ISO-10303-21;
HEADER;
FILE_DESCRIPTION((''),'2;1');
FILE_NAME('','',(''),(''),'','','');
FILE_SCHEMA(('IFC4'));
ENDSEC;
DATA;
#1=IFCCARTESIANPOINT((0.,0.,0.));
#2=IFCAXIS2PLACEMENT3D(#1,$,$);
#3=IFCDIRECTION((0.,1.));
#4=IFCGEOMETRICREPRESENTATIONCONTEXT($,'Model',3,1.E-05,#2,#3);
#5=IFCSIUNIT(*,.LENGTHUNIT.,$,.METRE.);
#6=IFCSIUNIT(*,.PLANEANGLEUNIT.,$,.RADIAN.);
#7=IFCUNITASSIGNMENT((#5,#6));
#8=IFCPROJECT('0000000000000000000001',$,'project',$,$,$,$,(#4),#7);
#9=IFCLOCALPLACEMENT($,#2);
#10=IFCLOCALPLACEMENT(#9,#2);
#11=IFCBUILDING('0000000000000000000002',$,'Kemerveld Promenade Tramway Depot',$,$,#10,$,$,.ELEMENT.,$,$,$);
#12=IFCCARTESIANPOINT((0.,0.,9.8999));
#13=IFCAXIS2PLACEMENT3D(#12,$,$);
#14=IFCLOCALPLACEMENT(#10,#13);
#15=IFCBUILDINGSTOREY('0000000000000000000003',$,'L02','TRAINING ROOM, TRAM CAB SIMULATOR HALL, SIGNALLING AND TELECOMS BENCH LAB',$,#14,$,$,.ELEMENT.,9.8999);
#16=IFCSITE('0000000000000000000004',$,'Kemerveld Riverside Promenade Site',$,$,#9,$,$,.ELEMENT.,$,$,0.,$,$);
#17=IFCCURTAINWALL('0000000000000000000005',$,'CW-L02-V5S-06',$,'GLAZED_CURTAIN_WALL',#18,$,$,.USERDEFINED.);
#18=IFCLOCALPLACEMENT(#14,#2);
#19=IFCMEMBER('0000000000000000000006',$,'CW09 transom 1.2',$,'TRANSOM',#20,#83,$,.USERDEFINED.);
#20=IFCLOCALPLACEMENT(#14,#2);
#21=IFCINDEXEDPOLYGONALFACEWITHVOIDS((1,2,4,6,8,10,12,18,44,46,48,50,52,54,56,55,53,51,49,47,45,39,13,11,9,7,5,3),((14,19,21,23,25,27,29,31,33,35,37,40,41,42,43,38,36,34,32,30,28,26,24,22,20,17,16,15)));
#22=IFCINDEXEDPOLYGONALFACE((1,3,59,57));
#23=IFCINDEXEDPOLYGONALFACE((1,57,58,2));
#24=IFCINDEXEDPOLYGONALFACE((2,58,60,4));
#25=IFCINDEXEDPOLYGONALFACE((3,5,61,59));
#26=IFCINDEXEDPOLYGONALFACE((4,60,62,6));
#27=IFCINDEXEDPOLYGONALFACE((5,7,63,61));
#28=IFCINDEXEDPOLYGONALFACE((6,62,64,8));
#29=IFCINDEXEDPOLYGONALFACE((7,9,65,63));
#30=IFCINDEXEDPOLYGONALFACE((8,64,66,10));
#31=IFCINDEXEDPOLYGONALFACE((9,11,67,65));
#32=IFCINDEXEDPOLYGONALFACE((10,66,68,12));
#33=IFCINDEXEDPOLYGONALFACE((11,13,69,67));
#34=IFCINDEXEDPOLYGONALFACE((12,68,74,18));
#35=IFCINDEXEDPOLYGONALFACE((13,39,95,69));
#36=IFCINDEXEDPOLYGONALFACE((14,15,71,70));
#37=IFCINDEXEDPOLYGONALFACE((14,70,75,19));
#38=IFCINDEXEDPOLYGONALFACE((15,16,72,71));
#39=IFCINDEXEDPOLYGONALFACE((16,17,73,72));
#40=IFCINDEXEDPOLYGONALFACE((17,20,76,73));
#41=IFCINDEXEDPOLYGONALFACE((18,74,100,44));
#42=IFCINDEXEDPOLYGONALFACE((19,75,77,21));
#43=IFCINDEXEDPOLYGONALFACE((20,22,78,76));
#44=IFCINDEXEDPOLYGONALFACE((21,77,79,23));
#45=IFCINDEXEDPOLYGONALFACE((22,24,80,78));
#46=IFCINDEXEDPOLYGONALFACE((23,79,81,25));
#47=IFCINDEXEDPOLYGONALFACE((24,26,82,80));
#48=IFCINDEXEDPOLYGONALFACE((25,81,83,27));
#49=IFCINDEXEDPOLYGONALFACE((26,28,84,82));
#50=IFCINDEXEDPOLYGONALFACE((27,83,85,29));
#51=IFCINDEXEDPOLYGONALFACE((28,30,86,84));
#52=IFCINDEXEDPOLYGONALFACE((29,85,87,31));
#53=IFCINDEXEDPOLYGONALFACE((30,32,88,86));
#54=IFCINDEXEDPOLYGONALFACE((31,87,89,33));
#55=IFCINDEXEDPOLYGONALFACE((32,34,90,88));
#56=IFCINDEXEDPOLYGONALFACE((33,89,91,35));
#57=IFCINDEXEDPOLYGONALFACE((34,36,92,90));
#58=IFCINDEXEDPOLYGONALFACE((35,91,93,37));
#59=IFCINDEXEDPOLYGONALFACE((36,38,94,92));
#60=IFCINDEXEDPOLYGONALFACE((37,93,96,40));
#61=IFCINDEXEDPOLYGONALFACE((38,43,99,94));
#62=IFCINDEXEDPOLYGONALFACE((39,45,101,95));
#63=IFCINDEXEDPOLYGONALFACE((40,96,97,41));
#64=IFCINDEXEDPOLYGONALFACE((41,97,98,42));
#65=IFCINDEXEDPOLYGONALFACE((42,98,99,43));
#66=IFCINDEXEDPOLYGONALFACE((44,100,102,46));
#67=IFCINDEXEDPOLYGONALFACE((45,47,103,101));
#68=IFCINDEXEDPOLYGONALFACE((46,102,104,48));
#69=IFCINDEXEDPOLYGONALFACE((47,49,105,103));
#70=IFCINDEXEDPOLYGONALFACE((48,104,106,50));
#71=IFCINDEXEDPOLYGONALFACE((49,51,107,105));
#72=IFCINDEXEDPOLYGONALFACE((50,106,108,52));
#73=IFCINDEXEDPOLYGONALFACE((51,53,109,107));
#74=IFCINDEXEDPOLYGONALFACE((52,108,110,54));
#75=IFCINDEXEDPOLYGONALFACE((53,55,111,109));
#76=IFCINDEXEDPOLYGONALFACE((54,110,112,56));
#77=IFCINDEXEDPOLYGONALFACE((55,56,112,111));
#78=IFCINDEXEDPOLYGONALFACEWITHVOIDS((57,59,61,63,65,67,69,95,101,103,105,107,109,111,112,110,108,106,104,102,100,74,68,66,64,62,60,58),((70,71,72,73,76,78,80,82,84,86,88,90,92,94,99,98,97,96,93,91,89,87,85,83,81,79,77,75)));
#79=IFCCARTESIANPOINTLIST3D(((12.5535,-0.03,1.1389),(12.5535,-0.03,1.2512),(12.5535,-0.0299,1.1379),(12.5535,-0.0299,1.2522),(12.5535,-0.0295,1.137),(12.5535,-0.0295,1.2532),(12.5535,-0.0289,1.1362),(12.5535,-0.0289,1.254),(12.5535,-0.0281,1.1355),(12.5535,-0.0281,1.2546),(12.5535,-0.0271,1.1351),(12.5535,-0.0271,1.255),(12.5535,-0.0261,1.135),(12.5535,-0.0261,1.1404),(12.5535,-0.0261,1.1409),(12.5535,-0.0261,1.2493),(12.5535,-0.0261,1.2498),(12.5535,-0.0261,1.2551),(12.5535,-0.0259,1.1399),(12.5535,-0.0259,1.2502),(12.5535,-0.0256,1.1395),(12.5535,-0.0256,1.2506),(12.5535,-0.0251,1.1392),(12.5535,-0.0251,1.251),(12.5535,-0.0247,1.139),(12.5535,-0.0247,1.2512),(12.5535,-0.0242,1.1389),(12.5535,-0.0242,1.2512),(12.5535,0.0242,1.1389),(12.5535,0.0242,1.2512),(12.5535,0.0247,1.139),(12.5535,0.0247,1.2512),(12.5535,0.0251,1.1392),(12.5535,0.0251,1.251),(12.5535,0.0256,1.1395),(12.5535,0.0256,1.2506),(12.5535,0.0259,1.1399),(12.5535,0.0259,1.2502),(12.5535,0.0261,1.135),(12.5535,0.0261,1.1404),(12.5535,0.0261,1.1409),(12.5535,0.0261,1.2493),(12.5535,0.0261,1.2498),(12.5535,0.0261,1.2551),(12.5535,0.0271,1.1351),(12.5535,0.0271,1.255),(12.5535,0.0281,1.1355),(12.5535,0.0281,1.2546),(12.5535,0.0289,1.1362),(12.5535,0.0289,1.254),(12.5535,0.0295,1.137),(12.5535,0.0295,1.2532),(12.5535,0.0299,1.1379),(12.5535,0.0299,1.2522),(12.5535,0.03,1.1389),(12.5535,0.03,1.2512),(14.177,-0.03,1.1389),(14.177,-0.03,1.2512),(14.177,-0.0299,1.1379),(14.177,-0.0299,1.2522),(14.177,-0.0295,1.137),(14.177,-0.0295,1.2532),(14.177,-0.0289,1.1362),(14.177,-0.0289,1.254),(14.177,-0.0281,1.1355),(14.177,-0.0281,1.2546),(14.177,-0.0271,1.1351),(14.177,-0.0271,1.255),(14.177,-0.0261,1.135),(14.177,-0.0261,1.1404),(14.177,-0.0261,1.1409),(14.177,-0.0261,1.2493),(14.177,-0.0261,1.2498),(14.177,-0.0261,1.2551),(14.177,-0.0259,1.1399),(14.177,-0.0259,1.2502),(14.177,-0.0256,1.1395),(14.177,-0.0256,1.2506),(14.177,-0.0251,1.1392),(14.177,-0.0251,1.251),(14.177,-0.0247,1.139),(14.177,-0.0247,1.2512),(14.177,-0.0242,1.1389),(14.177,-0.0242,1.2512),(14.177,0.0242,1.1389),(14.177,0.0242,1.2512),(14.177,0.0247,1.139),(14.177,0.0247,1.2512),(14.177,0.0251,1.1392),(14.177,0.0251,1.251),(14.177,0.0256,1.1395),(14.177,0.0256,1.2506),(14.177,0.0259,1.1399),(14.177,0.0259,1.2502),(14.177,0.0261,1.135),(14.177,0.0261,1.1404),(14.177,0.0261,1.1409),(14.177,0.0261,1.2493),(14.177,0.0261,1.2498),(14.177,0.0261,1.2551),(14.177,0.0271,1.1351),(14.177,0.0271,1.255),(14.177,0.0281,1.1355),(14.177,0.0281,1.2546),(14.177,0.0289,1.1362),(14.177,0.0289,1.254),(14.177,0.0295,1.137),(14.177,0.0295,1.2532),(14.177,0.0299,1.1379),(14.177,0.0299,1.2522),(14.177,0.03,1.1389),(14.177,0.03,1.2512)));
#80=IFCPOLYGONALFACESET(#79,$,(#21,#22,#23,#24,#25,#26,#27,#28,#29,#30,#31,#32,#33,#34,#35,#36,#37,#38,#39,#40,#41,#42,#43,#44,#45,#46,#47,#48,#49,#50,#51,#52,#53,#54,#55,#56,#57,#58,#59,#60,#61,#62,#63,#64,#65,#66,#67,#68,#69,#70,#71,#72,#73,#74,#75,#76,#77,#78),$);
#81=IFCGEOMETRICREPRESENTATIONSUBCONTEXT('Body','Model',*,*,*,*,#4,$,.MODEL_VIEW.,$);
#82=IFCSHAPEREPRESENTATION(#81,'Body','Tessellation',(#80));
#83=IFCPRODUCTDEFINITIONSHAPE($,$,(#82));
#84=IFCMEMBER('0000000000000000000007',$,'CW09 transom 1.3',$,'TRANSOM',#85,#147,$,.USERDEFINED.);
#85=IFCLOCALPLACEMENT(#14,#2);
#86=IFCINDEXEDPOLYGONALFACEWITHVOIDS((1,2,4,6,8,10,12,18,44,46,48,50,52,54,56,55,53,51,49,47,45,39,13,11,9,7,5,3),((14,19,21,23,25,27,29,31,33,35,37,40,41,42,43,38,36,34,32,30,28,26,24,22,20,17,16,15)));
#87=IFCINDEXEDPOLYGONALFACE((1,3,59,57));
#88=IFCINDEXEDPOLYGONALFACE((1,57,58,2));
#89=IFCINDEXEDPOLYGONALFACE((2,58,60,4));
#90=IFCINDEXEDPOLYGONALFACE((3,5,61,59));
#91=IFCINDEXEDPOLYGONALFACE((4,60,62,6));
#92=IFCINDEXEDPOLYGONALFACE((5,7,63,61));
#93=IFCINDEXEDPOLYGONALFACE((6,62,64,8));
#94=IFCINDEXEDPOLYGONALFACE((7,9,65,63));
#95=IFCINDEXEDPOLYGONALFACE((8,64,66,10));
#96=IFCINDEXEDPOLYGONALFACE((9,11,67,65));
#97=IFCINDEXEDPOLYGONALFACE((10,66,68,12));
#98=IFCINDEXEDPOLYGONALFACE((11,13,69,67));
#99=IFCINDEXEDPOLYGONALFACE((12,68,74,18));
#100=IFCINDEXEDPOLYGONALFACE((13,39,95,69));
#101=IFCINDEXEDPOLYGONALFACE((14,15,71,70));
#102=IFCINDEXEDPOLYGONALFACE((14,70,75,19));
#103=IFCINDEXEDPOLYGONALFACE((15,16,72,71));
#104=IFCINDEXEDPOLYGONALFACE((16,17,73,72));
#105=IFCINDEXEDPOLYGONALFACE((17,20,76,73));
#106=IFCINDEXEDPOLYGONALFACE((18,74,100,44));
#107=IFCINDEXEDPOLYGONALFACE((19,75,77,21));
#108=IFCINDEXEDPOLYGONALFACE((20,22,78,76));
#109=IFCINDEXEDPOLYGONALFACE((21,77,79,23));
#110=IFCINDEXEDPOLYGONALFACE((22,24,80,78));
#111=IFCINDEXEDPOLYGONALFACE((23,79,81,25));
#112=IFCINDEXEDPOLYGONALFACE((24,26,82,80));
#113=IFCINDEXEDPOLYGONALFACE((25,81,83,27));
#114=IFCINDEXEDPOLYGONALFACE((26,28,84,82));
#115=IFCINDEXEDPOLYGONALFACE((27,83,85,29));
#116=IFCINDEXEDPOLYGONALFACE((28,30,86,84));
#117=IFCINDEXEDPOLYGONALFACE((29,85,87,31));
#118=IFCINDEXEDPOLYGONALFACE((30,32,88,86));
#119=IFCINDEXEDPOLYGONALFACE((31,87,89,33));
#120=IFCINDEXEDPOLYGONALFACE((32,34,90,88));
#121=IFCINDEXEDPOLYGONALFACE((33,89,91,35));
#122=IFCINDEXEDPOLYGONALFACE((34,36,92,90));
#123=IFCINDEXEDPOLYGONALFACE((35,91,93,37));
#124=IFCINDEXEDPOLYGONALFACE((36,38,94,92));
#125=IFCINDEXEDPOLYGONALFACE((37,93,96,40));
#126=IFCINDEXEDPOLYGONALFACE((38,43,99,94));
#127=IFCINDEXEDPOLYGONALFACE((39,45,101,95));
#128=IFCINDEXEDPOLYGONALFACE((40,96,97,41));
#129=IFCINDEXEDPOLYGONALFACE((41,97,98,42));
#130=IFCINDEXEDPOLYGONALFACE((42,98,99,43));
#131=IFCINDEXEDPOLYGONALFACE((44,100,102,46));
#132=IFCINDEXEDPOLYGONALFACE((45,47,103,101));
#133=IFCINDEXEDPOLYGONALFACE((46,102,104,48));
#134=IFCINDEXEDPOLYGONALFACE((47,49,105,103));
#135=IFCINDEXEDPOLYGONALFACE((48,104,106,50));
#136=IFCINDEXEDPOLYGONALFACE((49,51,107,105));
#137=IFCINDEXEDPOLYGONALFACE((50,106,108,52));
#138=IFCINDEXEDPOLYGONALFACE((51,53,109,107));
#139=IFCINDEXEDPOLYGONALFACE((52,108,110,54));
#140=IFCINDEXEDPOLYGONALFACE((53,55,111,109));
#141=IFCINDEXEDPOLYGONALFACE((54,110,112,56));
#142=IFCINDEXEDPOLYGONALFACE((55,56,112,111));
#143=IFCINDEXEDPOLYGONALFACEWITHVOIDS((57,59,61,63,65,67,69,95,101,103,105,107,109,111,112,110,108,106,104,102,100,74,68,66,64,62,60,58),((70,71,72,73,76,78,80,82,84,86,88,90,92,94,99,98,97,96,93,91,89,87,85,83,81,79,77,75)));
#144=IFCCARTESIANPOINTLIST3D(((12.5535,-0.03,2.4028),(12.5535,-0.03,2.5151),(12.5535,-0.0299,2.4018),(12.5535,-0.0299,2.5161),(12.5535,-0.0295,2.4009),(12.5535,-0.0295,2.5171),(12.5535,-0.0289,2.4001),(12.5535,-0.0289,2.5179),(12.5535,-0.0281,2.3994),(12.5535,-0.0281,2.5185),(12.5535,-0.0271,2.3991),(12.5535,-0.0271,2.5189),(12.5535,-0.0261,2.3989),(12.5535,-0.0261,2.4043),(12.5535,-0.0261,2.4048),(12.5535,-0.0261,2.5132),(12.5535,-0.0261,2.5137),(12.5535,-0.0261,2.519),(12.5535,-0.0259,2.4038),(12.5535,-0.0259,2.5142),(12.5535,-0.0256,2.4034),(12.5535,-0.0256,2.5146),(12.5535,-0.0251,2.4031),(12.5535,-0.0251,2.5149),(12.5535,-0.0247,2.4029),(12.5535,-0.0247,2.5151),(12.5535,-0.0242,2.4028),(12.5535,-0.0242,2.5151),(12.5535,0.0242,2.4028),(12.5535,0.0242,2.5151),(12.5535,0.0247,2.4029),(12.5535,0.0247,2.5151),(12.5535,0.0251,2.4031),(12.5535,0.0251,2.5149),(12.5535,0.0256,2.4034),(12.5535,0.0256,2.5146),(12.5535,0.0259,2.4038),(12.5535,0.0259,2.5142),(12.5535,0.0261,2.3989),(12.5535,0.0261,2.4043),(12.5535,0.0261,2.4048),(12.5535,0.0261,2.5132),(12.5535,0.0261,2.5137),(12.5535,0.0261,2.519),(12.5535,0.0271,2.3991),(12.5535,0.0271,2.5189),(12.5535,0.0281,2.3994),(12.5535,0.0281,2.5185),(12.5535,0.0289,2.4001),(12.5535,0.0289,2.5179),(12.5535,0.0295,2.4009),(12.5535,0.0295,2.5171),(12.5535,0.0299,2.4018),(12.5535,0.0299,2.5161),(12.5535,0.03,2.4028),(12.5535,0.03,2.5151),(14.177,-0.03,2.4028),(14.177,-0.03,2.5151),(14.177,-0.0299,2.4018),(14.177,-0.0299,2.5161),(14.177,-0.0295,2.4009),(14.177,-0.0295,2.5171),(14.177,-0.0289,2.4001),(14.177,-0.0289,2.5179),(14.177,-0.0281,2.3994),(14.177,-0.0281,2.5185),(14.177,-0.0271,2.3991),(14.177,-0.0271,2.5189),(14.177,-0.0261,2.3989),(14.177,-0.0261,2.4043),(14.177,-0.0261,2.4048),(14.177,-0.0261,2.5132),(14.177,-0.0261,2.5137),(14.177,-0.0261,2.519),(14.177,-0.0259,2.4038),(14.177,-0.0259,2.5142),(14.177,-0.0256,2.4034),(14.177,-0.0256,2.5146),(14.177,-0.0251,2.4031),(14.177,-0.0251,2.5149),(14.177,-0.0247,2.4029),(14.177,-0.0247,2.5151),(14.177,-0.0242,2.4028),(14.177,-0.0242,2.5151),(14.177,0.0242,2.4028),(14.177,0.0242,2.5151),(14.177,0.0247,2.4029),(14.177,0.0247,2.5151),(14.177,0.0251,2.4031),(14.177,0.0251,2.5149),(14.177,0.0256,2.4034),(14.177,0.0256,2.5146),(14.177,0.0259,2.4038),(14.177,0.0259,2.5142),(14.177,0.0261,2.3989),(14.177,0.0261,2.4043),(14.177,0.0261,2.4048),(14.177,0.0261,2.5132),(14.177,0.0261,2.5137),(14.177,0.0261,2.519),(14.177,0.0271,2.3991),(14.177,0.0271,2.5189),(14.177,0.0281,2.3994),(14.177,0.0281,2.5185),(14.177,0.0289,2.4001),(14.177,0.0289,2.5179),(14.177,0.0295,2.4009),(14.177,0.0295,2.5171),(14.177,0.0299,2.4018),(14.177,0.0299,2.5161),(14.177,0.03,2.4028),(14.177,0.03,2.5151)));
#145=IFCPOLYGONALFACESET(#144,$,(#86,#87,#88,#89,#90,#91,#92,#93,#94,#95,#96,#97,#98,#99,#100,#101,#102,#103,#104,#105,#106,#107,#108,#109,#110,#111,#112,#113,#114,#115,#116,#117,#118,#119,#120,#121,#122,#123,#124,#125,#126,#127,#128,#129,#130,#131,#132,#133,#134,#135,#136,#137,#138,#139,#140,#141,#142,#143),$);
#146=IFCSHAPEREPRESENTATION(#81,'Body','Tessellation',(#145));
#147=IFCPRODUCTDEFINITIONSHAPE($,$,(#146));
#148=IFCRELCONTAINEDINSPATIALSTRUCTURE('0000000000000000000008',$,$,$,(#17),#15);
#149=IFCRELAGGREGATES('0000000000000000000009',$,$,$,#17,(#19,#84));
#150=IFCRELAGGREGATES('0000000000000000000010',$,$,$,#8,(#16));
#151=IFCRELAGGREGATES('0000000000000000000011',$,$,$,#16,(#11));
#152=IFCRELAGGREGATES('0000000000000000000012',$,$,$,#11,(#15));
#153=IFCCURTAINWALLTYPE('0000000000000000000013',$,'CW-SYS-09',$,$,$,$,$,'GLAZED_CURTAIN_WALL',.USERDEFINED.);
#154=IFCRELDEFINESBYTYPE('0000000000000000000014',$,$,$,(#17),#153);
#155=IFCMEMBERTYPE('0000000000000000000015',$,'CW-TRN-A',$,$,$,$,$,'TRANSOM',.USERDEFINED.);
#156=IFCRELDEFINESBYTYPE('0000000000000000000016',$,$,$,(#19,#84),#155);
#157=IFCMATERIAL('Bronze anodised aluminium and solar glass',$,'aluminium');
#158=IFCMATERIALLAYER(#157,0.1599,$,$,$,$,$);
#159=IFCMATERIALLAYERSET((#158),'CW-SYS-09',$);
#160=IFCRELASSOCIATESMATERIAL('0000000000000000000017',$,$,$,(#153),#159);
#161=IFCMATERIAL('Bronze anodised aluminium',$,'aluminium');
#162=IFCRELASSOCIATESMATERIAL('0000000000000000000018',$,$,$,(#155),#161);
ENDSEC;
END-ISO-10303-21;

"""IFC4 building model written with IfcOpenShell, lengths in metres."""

from ifc_helpers import new_model, si_unit, direction, frame, origin, origin_2d, place, context, subcontext, project, spatial, hollow_rectangle, extrude, material, layer, layer_set, material_profile, profile_set, type_object, element, aggregate, save


model = new_model("IFC4")

# Units and contexts
model_context = context("Model", 3, precision=1e-05, world=origin(), true_north=direction((0.0, 1.0)))
body_context = subcontext(model_context, "Body", "Model", "MODEL_VIEW")
ifc_project = project(units=[si_unit("LENGTHUNIT", "METRE"), si_unit("PLANEANGLEUNIT", "RADIAN")], contexts=[model_context])

# Site, building, storey
site_placement = place(None, origin())
site = spatial("IfcSite", under=ifc_project, at=site_placement, Name="Kemerveld Riverside Promenade Site", CompositionType="ELEMENT", RefElevation=0.0)
building_placement = place(site_placement, origin())
building = spatial("IfcBuilding", under=site, at=building_placement, Name="Kemerveld Promenade Tramway Depot", CompositionType="ELEMENT")
storey_placement = place(building_placement, frame((0.0, 0.0, 9.8999)))
storey = spatial("IfcBuildingStorey", under=building, at=storey_placement, Name="L02", Description="TRAINING ROOM, TRAM CAB SIMULATOR HALL, SIGNALLING AND TELECOMS BENCH LAB", CompositionType="ELEMENT", Elevation=9.8999)

# Shared definitions
ifc_material_1 = material(Name="Bronze anodised aluminium and solar glass", Category="aluminium")
ifc_material_2 = material(Name="Bronze anodised aluminium", Category="aluminium")

# Curtain wall
ifc_layer_1 = layer(ifc_material_1, 0.1599)
ifc_layer_set_1 = layer_set([ifc_layer_1], Name="CW-SYS-09")
curtain_wall_type_1 = type_object("IfcCurtainWallType", Name="CW-SYS-09", ElementType="GLAZED_CURTAIN_WALL", PredefinedType="USERDEFINED", material=ifc_layer_set_1)
curtain_wall_1_placement = place(storey_placement, origin())
curtain_wall_1 = element("IfcCurtainWall", 1, at=curtain_wall_1_placement, inside=storey, type_object=curtain_wall_type_1, Name="CW-L02-V5S-06", ObjectType="GLAZED_CURTAIN_WALL", PredefinedType="USERDEFINED")

# Members
ifc_material_profile_1 = material_profile(ifc_material_2, hollow_rectangle(XDim=0.0601, YDim=0.1201, WallThickness=0.0039, InnerFilletRadius=0.002, OuterFilletRadius=0.0039, at=origin_2d()), Name="CW-TRN-120x60")
ifc_profile_set_1 = profile_set([ifc_material_profile_1], Name="Bronze anodised aluminium")
member_type_1 = type_object("IfcMemberType", Name="CW-TRN-A", ElementType="TRANSOM", PredefinedType="USERDEFINED", material=ifc_profile_set_1)
member_1_placement = place(storey_placement, frame((14.177, 0.0, 1.1951), z_axis=(-1.0, 0.0, 0.0), x_axis=(0.0, -1.0, 0.0)))
member_1 = element("IfcMember", 2, at=member_1_placement, type_object=member_type_1, Name="CW09 transom 1.2", ObjectType="TRANSOM", PredefinedType="USERDEFINED", context=body_context, shape_type="SweptSolid", body=[
    extrude(hollow_rectangle(XDim=0.0601, YDim=0.1201, WallThickness=0.0039, InnerFilletRadius=0.002, OuterFilletRadius=0.0039, at=origin_2d()), origin(), (0.0, 0.0, 1.0), 1.6235),
])
member_2_placement = place(storey_placement, frame((14.177, 0.0, 2.459), z_axis=(-1.0, 0.0, 0.0), x_axis=(0.0, -1.0, 0.0)))
member_2 = element("IfcMember", 3, at=member_2_placement, type_object=member_type_1, Name="CW09 transom 1.3", ObjectType="TRANSOM", PredefinedType="USERDEFINED", context=body_context, shape_type="SweptSolid", body=[
    extrude(hollow_rectangle(XDim=0.0601, YDim=0.1201, WallThickness=0.0039, InnerFilletRadius=0.002, OuterFilletRadius=0.0039, at=origin_2d()), origin(), (0.0, 0.0, 1.0), 1.6235),
])

aggregate(curtain_wall_1, [member_1, member_2])

save(model, "model.ifc")
